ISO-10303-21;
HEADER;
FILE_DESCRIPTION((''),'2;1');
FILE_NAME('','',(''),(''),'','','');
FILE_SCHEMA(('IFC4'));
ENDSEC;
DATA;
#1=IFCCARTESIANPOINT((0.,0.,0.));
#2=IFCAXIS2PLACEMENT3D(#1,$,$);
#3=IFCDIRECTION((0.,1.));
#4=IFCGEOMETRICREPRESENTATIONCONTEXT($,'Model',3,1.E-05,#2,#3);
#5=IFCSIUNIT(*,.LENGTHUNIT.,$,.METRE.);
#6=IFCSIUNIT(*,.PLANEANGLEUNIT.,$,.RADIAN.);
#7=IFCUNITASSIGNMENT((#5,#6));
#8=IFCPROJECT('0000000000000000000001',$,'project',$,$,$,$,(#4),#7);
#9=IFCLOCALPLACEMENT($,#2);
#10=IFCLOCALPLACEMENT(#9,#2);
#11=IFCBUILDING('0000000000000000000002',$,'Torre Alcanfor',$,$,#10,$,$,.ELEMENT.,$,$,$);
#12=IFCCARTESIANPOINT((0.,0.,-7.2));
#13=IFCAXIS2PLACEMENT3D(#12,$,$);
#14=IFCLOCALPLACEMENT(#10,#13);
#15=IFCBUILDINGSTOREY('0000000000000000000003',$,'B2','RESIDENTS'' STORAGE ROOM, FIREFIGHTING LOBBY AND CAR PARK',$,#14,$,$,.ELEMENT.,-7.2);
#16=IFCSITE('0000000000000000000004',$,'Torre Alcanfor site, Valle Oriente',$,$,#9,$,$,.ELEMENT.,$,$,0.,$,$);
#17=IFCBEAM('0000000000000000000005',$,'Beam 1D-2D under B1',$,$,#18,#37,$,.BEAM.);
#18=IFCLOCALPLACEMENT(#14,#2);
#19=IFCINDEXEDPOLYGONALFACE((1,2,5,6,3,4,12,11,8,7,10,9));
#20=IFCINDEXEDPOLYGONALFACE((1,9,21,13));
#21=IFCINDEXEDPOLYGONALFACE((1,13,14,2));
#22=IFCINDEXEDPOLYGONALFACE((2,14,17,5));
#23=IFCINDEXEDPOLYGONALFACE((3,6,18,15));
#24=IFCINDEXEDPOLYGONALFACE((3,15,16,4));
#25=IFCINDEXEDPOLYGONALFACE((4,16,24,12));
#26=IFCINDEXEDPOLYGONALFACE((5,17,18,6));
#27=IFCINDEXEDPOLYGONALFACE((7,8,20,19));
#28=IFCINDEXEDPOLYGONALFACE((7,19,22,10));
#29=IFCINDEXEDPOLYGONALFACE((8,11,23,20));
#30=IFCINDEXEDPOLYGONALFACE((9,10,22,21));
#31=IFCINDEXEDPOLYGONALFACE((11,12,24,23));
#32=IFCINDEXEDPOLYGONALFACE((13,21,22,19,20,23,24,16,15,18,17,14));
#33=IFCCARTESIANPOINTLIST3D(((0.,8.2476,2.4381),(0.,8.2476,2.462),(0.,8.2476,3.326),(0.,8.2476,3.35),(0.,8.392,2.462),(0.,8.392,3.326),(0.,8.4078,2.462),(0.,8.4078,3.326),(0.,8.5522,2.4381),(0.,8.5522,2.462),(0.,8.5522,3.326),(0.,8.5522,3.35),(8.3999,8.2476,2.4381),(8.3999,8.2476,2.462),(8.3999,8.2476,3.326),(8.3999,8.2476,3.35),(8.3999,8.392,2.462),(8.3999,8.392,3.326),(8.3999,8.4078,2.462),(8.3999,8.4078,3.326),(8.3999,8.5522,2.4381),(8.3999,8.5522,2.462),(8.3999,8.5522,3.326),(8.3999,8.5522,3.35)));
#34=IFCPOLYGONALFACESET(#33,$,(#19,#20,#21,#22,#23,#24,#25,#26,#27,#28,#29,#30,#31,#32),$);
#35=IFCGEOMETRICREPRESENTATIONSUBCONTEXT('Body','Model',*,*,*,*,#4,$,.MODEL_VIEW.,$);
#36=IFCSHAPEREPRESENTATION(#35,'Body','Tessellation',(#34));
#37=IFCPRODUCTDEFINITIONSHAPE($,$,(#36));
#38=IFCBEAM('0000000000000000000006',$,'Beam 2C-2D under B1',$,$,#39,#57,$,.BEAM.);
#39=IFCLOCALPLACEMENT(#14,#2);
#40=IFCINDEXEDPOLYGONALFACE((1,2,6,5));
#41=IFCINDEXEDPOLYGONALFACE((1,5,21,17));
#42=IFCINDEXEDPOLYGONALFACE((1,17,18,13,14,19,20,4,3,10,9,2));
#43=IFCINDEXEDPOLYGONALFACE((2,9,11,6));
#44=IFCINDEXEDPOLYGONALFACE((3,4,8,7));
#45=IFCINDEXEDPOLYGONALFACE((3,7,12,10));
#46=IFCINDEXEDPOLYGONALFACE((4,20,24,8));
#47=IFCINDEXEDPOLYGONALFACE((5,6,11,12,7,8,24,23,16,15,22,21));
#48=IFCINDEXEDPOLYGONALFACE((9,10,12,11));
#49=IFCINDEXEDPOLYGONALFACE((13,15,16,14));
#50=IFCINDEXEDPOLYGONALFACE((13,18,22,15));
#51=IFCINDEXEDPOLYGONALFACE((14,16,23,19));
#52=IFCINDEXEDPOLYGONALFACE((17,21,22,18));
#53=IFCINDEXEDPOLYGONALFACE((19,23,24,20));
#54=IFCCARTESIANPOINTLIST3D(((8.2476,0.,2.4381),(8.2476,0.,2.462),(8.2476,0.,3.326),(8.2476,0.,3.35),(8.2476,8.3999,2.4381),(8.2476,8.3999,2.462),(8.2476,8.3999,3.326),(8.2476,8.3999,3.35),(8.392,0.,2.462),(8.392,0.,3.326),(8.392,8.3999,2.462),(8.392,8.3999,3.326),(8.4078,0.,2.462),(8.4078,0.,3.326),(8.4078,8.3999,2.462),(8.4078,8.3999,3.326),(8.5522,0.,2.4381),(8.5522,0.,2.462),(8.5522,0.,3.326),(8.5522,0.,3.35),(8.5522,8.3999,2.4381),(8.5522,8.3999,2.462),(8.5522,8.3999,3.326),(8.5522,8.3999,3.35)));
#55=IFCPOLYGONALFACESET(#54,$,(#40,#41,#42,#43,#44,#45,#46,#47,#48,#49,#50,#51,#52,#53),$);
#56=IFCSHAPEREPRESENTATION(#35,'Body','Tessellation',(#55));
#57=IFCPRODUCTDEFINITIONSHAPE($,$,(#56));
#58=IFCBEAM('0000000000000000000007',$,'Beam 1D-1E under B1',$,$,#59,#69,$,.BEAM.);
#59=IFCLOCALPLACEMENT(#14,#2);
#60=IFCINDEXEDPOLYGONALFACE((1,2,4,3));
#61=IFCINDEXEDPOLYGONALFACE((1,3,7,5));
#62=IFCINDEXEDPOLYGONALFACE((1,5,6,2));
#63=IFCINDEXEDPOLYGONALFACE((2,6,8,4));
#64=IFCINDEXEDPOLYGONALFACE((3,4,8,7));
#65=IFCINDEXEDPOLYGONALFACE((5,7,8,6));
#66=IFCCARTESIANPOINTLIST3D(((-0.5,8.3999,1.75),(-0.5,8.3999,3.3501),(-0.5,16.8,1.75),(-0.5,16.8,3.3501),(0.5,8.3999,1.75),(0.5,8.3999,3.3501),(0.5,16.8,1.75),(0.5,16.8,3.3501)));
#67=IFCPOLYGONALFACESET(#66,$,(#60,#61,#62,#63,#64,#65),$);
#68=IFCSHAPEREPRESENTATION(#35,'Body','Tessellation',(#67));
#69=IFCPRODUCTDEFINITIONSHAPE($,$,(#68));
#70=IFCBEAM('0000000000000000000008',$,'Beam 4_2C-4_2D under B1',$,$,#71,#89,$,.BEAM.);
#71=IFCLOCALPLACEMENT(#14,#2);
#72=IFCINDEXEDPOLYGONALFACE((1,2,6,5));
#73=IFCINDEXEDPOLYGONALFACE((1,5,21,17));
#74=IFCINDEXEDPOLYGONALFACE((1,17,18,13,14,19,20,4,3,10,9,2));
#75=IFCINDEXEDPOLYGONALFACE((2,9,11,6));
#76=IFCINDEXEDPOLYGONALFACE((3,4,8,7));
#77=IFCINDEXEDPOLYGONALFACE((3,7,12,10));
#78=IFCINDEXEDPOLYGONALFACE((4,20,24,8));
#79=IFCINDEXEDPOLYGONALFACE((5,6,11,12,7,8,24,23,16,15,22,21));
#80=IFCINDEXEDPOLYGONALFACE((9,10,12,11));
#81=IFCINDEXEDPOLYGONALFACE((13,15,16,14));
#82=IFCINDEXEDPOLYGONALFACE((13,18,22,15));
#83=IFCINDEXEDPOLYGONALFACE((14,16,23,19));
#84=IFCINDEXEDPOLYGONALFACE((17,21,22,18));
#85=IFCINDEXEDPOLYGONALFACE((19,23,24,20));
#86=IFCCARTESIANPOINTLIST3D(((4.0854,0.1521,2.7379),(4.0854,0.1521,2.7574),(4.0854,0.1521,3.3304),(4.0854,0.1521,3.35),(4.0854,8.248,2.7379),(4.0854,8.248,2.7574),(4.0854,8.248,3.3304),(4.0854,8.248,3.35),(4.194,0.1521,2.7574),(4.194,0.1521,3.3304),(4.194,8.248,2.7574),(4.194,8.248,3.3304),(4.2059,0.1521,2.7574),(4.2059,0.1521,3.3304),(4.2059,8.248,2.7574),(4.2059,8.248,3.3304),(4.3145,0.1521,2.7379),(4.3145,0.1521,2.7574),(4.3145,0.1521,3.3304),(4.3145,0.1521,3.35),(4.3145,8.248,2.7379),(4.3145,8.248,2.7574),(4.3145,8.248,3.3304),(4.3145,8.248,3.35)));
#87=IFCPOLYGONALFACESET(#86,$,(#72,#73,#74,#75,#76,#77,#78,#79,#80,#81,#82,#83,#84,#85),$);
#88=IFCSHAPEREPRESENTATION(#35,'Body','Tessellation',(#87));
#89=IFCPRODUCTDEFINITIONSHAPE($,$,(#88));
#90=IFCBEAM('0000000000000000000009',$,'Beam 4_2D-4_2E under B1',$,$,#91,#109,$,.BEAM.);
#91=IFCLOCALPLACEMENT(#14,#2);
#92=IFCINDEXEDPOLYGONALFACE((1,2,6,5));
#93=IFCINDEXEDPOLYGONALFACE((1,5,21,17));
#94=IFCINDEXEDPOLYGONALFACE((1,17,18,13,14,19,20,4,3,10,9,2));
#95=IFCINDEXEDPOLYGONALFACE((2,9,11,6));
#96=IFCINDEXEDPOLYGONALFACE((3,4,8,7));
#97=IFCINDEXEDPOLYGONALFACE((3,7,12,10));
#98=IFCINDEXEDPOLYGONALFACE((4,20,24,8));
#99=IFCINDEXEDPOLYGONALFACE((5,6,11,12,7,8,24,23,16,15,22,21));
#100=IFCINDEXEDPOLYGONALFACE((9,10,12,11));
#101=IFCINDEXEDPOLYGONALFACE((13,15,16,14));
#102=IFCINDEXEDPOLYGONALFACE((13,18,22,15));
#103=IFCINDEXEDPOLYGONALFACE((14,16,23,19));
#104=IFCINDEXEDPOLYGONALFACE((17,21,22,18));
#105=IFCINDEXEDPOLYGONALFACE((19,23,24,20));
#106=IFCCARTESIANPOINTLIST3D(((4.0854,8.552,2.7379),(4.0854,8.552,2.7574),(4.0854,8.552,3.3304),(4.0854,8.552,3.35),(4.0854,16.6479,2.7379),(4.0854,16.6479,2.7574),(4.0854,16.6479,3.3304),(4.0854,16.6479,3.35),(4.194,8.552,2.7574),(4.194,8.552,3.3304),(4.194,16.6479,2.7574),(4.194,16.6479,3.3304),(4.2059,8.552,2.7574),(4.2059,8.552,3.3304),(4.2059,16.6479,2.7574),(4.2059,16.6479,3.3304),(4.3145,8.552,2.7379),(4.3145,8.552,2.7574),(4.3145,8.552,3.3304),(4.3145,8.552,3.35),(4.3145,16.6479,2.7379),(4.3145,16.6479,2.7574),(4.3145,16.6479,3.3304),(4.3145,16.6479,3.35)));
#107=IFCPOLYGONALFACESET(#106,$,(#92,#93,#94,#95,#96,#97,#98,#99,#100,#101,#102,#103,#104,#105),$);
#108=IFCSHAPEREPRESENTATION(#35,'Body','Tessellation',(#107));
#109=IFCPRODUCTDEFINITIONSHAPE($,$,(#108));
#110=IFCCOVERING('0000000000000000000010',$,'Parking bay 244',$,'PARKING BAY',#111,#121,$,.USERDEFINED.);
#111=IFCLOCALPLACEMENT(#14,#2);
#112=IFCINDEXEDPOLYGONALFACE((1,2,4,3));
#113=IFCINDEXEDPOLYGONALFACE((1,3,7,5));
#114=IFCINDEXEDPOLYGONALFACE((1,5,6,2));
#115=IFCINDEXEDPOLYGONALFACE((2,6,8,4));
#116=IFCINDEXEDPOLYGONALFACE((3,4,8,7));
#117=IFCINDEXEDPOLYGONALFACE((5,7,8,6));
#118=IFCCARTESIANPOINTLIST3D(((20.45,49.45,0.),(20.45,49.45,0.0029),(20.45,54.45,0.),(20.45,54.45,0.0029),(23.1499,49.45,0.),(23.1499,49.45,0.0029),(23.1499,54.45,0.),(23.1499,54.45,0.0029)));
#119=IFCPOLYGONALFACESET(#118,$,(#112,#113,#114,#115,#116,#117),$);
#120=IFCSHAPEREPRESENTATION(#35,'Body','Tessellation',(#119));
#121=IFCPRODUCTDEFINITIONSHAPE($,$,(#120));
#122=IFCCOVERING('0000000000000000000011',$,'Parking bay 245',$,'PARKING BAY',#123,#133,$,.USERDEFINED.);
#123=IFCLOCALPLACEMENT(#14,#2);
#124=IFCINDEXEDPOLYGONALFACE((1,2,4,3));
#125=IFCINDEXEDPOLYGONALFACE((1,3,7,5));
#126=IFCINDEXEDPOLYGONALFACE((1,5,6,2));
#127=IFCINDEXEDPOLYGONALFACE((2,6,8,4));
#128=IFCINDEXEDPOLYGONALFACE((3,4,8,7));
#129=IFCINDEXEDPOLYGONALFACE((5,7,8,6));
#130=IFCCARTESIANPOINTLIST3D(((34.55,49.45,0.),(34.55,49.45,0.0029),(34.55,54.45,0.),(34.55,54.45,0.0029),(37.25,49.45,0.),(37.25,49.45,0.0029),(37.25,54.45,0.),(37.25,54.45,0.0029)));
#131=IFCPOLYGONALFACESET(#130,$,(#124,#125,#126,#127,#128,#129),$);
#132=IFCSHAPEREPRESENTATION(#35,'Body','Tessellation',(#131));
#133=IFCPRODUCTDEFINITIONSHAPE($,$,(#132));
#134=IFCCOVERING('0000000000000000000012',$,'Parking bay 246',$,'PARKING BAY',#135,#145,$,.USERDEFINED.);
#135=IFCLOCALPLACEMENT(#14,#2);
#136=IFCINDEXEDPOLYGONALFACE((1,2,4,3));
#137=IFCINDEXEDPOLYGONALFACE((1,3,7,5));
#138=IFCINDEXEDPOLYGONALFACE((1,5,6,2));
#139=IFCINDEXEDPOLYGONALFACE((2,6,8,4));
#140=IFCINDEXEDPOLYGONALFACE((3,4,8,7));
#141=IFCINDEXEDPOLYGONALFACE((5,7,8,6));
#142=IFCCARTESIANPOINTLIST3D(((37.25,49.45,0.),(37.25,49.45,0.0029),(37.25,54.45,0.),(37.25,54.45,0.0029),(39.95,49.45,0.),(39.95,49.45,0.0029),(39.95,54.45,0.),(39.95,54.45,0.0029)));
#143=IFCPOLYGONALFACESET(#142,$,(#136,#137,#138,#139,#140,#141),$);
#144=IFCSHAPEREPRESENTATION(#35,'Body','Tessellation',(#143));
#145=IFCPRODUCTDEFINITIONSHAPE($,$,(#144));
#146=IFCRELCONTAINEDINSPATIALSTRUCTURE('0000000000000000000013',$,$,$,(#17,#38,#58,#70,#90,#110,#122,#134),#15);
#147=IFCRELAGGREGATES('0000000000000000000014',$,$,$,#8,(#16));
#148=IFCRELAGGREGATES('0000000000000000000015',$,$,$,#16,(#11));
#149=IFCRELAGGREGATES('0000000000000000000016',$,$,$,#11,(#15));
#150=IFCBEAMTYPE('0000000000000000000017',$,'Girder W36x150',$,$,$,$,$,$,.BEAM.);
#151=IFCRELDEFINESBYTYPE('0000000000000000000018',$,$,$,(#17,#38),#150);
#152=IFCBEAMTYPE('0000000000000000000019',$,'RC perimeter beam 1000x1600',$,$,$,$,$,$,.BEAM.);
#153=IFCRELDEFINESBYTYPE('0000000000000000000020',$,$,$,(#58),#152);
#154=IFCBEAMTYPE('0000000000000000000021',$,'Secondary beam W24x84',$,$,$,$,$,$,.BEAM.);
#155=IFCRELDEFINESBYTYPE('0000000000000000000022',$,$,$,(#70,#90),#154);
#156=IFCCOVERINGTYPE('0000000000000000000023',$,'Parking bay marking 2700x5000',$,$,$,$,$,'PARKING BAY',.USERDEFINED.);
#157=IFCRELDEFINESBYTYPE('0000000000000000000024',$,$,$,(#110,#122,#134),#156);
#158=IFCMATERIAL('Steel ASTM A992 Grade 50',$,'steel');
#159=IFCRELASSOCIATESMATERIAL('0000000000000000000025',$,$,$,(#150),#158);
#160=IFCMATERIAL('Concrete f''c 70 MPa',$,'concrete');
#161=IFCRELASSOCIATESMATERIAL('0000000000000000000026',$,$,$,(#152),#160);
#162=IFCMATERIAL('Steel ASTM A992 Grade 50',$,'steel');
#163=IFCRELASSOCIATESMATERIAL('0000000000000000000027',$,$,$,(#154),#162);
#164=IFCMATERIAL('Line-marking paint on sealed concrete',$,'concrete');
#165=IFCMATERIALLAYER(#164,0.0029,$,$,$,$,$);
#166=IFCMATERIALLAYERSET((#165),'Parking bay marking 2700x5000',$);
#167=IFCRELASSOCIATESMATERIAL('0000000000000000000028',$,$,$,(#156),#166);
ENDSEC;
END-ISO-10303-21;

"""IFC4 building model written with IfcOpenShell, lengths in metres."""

from ifc_helpers import new_model, si_unit, direction, frame, origin, origin_2d, place, context, subcontext, project, spatial, polyline, rectangle, i_section, outline, extrude, material, layer, layer_set, material_profile, profile_set, type_object, element, save


model = new_model("IFC4")

# Units and contexts
model_context = context("Model", 3, precision=1e-05, world=origin(), true_north=direction((0.0, 1.0)))
body_context = subcontext(model_context, "Body", "Model", "MODEL_VIEW")
ifc_project = project(units=[si_unit("LENGTHUNIT", "METRE"), si_unit("PLANEANGLEUNIT", "RADIAN")], contexts=[model_context])

# Site, building, storey
site_placement = place(None, origin())
site = spatial("IfcSite", under=ifc_project, at=site_placement, Name="Torre Alcanfor site, Valle Oriente", CompositionType="ELEMENT", RefElevation=0.0)
building_placement = place(site_placement, origin())
building = spatial("IfcBuilding", under=site, at=building_placement, Name="Torre Alcanfor", CompositionType="ELEMENT")
storey_placement = place(building_placement, frame((0.0, 0.0, -7.2)))
storey = spatial("IfcBuildingStorey", under=building, at=storey_placement, Name="B2", Description="RESIDENTS' STORAGE ROOM, FIREFIGHTING LOBBY AND CAR PARK", CompositionType="ELEMENT", Elevation=-7.2)

# Beams
ifc_material_1 = material(Name="Steel ASTM A992 Grade 50", Category="steel")
ifc_material_profile_1 = material_profile(ifc_material_1, i_section(OverallWidth=0.3047, OverallDepth=0.9119, WebThickness=0.0159, FlangeThickness=0.0239, at=origin_2d()), Name="W36x150")
ifc_profile_set_1 = profile_set([ifc_material_profile_1], Name="Steel ASTM A992 Grade 50")
beam_type_1 = type_object("IfcBeamType", Name="Girder W36x150", PredefinedType="BEAM", material=ifc_profile_set_1)
for number, where, z_axis, x_axis, name in (
    (1, (0.0, 8.3999, 2.894), (1.0, 0.0, 0.0), (0.0, 1.0, 0.0), "Beam 1D-2D under B1"),
    (2, (8.3999, 0.0, 2.894), (0.0, 1.0, 0.0), (-1.0, 0.0, 0.0), "Beam 2C-2D under B1"),
):
    element("IfcBeam", number, at=place(storey_placement, frame(where, z_axis=z_axis, x_axis=x_axis)), inside=storey, type_object=beam_type_1, Name=name, PredefinedType="BEAM", context=body_context, shape_type="SweptSolid", body=[
        extrude(i_section(OverallWidth=0.3047, OverallDepth=0.9119, WebThickness=0.0159, FlangeThickness=0.0239, at=origin_2d()), origin(), (0.0, 0.0, 1.0), 8.3999),
    ])
ifc_material_2 = material(Name="Concrete f'c 70 MPa", Category="concrete")
ifc_material_profile_2 = material_profile(ifc_material_2, rectangle(XDim=1.0, YDim=1.6001, at=origin_2d()), Name="1000x1600")
ifc_profile_set_2 = profile_set([ifc_material_profile_2], Name="Concrete f'c 70 MPa")
beam_type_2 = type_object("IfcBeamType", Name="RC perimeter beam 1000x1600", PredefinedType="BEAM", material=ifc_profile_set_2)
beam_1_placement = place(storey_placement, frame((0.0, 8.3999, 2.55), z_axis=(0.0, 1.0, 0.0), x_axis=(-1.0, 0.0, 0.0)))
element("IfcBeam", 3, at=beam_1_placement, inside=storey, type_object=beam_type_2, Name="Beam 1D-1E under B1", PredefinedType="BEAM", context=body_context, shape_type="SweptSolid", body=[
    extrude(rectangle(XDim=1.0, YDim=1.6001, at=origin_2d()), origin(), (0.0, 0.0, 1.0), 8.4001),
])
ifc_material_3 = material(Name="Steel ASTM A992 Grade 50", Category="steel")
ifc_material_profile_3 = material_profile(ifc_material_3, i_section(OverallWidth=0.229, OverallDepth=0.6121, WebThickness=0.012, FlangeThickness=0.0195, at=origin_2d()), Name="W24x84")
ifc_profile_set_3 = profile_set([ifc_material_profile_3], Name="Steel ASTM A992 Grade 50")
beam_type_3 = type_object("IfcBeamType", Name="Secondary beam W24x84", PredefinedType="BEAM", material=ifc_profile_set_3)
for number, where, z_axis, x_axis, name in (
    (4, (4.2, 0.1521, 3.0439), (0.0, 1.0, 0.0), (-1.0, 0.0, 0.0), "Beam 4_2C-4_2D under B1"),
    (5, (4.2, 8.552, 3.0439), (0.0, 1.0, 0.0), (-1.0, 0.0, 0.0), "Beam 4_2D-4_2E under B1"),
):
    element("IfcBeam", number, at=place(storey_placement, frame(where, z_axis=z_axis, x_axis=x_axis)), inside=storey, type_object=beam_type_3, Name=name, PredefinedType="BEAM", context=body_context, shape_type="SweptSolid", body=[
        extrude(i_section(OverallWidth=0.229, OverallDepth=0.6121, WebThickness=0.012, FlangeThickness=0.0195, at=origin_2d()), origin(), (0.0, 0.0, 1.0), 8.0959),
    ])

# Coverings
ifc_material_4 = material(Name="Line-marking paint on sealed concrete", Category="concrete")
ifc_layer_1 = layer(ifc_material_4, 0.0029)
ifc_layer_set_1 = layer_set([ifc_layer_1], Name="Parking bay marking 2700x5000")
covering_type = type_object("IfcCoveringType", Name="Parking bay marking 2700x5000", ElementType="PARKING BAY", PredefinedType="USERDEFINED", material=ifc_layer_set_1)
covering_1_placement = place(storey_placement, origin())
element("IfcCovering", 6, at=covering_1_placement, inside=storey, type_object=covering_type, Name="Parking bay 244", ObjectType="PARKING BAY", PredefinedType="USERDEFINED", context=body_context, shape_type="SweptSolid", body=[
    extrude(outline(polyline([(20.45, 49.45), (23.1499, 49.45), (23.1499, 54.45), (20.45, 54.45), (20.45, 49.45)])), origin(), (0.0, 0.0, 1.0), 0.0029),
])
covering_2_placement = place(storey_placement, origin())
element("IfcCovering", 7, at=covering_2_placement, inside=storey, type_object=covering_type, Name="Parking bay 245", ObjectType="PARKING BAY", PredefinedType="USERDEFINED", context=body_context, shape_type="SweptSolid", body=[
    extrude(outline(polyline([(34.55, 49.45), (37.25, 49.45), (37.25, 54.45), (34.55, 54.45), (34.55, 49.45)])), origin(), (0.0, 0.0, 1.0), 0.0029),
])
covering_3_placement = place(storey_placement, origin())
element("IfcCovering", 8, at=covering_3_placement, inside=storey, type_object=covering_type, Name="Parking bay 246", ObjectType="PARKING BAY", PredefinedType="USERDEFINED", context=body_context, shape_type="SweptSolid", body=[
    extrude(outline(polyline([(37.25, 49.45), (39.95, 49.45), (39.95, 54.45), (37.25, 54.45), (37.25, 49.45)])), origin(), (0.0, 0.0, 1.0), 0.0029),
])

save(model, "model.ifc")
